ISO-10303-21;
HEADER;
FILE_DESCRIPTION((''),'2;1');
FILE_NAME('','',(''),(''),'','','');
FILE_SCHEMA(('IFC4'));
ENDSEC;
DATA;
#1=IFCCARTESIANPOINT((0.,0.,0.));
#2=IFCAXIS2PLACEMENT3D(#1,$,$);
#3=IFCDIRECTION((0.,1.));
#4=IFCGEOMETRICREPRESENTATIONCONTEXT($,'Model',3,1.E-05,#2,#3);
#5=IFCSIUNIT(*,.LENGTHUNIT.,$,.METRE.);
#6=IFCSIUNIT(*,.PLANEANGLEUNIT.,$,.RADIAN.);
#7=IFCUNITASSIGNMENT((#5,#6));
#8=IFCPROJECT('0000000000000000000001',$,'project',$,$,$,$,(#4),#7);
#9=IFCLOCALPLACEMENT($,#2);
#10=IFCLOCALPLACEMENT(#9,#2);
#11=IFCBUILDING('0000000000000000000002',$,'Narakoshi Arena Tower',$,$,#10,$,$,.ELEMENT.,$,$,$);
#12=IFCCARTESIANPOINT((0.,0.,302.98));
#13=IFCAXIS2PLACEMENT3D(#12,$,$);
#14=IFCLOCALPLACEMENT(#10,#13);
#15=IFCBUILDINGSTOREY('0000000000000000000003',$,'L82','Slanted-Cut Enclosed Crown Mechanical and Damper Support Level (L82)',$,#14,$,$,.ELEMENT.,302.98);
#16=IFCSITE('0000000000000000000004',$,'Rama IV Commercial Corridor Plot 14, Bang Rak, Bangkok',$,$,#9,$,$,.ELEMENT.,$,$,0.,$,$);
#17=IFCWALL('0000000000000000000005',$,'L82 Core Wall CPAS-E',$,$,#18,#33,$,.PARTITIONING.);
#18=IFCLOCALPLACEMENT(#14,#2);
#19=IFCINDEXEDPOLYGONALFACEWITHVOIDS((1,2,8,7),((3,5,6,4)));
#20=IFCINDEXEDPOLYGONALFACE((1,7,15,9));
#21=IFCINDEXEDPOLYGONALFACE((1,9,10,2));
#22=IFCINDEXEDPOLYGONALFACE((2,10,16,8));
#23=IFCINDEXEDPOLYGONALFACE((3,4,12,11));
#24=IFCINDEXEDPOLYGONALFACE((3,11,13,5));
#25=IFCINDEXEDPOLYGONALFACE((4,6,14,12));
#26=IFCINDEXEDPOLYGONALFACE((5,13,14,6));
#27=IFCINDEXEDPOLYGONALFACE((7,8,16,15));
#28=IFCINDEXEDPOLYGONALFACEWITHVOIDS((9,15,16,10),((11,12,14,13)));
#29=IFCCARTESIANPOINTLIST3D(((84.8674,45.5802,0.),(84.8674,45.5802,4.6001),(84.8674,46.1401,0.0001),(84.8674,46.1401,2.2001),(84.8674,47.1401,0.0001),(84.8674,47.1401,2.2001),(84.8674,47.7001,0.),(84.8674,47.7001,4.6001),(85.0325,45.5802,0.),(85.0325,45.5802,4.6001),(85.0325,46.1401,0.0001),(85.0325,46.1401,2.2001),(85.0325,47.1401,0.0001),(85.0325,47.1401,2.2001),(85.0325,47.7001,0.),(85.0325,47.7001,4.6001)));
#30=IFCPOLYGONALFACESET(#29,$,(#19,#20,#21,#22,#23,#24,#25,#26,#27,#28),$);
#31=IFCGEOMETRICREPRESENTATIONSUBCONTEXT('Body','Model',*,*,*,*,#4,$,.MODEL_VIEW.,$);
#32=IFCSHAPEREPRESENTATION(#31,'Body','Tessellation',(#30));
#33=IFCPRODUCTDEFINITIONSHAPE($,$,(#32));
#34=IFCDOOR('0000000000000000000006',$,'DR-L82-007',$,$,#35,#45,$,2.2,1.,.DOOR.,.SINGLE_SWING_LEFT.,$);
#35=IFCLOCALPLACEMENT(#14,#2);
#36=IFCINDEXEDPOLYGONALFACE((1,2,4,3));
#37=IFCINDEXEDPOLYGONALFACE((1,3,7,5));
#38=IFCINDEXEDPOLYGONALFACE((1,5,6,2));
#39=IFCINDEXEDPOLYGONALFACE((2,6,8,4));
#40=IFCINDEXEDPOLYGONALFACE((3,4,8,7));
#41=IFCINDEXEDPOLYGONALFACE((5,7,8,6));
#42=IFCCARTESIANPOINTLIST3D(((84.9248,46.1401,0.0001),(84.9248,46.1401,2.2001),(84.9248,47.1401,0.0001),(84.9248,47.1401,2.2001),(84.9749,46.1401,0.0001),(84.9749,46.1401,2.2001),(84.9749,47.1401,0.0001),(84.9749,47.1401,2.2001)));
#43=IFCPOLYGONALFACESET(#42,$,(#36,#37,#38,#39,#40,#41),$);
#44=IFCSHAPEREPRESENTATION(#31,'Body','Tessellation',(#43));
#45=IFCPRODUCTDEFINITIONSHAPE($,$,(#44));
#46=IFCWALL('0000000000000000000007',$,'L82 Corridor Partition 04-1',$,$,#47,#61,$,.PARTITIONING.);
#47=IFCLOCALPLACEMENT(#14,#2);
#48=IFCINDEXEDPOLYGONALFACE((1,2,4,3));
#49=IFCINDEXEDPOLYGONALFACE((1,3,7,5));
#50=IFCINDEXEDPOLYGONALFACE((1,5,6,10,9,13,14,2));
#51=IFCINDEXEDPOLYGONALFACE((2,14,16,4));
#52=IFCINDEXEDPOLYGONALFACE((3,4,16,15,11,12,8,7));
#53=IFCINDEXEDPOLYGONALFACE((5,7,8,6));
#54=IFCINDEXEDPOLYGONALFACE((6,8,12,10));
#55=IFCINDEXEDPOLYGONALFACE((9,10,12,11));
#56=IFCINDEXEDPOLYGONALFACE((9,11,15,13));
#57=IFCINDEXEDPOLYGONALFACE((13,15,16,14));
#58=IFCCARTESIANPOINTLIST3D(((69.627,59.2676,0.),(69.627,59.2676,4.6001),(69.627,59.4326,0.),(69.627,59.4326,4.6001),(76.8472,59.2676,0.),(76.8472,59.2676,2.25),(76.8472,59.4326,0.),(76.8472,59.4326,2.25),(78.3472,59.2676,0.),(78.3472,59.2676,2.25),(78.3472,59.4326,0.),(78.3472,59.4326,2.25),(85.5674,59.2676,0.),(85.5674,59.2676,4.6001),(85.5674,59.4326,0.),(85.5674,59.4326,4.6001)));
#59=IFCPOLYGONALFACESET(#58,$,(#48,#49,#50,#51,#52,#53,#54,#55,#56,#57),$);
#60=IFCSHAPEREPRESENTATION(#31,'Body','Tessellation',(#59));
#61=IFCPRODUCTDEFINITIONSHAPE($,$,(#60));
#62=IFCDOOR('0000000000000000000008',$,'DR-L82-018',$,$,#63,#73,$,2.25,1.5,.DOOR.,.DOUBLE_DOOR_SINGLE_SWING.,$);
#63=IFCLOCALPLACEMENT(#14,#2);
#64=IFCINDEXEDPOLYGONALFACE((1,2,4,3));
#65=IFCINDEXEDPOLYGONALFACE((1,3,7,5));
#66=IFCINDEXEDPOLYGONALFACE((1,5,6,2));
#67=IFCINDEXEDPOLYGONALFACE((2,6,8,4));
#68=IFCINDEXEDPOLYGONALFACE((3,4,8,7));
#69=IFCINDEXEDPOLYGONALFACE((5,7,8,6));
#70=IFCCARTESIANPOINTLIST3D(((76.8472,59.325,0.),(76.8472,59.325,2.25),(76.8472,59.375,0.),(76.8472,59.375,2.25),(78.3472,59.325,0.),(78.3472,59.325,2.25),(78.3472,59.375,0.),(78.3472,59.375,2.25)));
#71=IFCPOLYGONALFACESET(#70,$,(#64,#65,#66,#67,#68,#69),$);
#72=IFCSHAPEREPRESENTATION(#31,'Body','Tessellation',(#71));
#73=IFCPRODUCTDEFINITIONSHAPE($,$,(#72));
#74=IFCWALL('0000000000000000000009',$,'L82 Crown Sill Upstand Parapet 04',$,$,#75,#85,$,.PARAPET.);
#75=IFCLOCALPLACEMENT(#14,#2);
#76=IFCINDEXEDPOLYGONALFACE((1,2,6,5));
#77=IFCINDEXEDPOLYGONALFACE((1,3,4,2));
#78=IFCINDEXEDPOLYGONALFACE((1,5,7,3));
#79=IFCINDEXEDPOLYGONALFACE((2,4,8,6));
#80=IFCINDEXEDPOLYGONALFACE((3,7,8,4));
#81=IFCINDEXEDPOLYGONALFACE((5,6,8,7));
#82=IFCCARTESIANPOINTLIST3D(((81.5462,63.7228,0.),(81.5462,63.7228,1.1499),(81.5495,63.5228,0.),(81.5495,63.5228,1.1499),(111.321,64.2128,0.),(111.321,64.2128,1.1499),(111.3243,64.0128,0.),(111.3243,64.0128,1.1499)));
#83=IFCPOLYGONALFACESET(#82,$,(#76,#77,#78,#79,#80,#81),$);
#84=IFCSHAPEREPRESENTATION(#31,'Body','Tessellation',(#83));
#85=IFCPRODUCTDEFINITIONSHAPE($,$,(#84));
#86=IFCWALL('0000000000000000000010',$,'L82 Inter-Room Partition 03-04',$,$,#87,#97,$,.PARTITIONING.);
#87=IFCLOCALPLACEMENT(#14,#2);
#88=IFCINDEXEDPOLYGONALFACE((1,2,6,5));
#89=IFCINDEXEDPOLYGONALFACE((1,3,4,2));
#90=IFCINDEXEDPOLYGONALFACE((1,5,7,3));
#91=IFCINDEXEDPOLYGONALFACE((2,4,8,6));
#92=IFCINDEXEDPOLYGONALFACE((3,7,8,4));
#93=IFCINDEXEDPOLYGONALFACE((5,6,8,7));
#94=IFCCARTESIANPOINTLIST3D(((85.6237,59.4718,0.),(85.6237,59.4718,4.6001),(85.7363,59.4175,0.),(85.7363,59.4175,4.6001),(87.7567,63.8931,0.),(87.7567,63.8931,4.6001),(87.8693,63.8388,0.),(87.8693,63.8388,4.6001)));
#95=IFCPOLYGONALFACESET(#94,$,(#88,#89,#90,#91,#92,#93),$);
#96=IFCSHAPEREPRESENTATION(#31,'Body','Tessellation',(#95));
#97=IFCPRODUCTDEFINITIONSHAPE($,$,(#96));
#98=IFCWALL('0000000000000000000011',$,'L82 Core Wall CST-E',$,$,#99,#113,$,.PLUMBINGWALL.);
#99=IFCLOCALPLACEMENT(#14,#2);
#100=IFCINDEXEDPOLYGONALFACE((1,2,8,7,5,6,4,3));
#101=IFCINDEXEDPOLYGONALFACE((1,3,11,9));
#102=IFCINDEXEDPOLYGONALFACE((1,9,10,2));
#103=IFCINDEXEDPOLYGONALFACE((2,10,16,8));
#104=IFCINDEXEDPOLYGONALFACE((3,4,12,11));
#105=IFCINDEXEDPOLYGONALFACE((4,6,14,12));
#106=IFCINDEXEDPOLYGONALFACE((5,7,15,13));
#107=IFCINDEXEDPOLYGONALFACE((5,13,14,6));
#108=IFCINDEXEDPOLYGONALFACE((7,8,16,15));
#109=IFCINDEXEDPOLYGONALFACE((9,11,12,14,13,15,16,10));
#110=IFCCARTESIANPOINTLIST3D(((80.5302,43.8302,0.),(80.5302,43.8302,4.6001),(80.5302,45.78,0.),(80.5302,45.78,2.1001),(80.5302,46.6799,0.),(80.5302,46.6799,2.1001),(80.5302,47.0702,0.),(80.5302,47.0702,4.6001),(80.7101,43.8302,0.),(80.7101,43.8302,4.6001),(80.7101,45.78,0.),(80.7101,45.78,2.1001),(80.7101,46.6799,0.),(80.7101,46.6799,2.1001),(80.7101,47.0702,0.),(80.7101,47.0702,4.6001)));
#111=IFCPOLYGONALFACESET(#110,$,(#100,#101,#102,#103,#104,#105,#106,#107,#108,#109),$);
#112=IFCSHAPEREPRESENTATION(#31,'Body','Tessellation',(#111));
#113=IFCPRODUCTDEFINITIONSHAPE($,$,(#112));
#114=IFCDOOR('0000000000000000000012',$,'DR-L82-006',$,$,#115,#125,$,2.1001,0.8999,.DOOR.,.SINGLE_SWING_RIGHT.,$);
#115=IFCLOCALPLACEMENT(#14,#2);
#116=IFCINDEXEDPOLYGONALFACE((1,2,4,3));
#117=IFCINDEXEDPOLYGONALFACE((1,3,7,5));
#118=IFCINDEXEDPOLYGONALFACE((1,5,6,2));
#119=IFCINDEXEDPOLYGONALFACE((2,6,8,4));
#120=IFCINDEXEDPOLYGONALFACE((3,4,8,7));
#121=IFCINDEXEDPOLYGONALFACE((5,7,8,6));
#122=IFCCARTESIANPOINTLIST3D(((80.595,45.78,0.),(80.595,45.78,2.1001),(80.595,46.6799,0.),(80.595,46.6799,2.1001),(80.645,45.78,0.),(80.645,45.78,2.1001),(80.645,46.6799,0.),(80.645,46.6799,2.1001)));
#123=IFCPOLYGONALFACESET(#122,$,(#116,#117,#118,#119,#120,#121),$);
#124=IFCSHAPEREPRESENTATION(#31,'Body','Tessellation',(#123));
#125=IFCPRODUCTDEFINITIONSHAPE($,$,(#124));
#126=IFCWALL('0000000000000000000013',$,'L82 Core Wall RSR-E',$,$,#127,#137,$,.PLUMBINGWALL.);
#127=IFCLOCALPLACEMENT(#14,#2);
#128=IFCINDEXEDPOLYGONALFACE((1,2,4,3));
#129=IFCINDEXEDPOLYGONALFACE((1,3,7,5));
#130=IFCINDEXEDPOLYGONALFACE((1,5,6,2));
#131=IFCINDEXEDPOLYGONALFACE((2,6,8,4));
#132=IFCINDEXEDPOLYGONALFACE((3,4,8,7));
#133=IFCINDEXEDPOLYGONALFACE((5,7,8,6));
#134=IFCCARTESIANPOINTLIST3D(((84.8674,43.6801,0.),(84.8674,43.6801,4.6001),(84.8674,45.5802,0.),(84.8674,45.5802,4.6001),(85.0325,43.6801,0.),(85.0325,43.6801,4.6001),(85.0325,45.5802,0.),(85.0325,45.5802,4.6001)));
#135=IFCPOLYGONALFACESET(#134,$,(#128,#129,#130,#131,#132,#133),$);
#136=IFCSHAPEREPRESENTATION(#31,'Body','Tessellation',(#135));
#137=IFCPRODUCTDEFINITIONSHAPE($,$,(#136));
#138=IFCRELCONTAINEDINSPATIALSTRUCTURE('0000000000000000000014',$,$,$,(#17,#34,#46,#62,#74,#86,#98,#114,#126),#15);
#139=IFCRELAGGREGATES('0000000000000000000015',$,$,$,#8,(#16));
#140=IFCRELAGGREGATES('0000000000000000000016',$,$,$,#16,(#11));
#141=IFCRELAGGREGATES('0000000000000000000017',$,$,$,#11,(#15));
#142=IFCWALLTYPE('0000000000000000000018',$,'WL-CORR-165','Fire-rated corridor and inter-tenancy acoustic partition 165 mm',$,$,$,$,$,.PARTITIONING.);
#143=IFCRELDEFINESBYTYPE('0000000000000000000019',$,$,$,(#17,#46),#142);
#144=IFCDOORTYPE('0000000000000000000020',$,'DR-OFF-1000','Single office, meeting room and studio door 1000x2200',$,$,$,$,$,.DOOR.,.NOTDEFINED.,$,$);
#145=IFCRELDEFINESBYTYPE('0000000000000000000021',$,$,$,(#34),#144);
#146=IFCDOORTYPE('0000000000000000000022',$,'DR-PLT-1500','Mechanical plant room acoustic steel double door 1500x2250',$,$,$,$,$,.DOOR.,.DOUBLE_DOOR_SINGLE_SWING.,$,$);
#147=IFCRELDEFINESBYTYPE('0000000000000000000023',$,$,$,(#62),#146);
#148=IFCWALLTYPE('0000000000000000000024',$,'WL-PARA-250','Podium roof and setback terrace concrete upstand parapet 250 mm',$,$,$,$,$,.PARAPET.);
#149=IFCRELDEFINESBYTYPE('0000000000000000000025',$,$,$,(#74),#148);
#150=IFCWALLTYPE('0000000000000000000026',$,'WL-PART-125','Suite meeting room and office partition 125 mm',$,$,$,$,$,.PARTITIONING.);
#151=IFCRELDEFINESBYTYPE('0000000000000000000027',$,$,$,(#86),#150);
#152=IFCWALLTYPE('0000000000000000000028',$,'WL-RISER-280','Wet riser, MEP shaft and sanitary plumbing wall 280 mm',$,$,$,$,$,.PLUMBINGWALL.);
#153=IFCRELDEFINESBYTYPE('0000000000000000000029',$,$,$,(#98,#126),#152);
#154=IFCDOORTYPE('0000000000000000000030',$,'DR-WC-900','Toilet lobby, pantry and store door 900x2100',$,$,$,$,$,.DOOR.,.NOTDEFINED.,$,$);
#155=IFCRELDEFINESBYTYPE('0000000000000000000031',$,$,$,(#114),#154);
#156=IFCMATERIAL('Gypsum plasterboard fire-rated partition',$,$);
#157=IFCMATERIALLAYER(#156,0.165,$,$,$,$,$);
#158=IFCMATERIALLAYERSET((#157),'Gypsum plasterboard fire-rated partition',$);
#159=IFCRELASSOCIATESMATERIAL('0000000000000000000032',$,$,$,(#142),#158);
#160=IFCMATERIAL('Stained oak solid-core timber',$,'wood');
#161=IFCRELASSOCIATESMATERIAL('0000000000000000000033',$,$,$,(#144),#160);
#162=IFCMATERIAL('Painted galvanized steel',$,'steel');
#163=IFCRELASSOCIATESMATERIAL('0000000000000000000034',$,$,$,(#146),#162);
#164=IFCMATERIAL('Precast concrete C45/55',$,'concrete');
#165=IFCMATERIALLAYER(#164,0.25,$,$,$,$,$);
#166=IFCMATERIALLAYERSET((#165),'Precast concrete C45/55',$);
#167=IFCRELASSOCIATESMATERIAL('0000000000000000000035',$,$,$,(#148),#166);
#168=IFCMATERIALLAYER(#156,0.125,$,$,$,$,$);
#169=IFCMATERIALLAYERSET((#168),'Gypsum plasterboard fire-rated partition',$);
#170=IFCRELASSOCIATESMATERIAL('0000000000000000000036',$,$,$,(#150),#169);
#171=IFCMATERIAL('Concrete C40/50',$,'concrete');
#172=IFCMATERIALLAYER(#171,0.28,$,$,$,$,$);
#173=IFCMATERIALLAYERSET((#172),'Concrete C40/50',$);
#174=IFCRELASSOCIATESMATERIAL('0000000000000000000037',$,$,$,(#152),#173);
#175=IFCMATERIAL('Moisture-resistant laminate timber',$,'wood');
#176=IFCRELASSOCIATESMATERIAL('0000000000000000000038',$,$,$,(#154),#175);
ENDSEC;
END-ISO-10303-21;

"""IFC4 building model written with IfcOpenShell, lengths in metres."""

from ifc_helpers import new_model, si_unit, direction, frame, frame_2d, origin, place, context, subcontext, project, spatial, rectangle, extrude, material, layer, layer_set, type_object, element, fill, save


model = new_model("IFC4")

# Units and contexts
model_context = context("Model", 3, precision=1e-05, world=origin(), true_north=direction((0.0, 1.0)))
body_context = subcontext(model_context, "Body", "Model", "MODEL_VIEW")
ifc_project = project(units=[si_unit("LENGTHUNIT", "METRE"), si_unit("PLANEANGLEUNIT", "RADIAN")], contexts=[model_context])

# Site, building, storey
site_placement = place(None, origin())
site = spatial("IfcSite", under=ifc_project, at=site_placement, Name="Rama IV Commercial Corridor Plot 14, Bang Rak, Bangkok", CompositionType="ELEMENT", RefElevation=0.0)
building_placement = place(site_placement, origin())
building = spatial("IfcBuilding", under=site, at=building_placement, Name="Narakoshi Arena Tower", CompositionType="ELEMENT")
storey_placement = place(building_placement, frame((0.0, 0.0, 302.98)))
storey = spatial("IfcBuildingStorey", under=building, at=storey_placement, Name="L82", Description="Slanted-Cut Enclosed Crown Mechanical and Damper Support Level (L82)", CompositionType="ELEMENT", Elevation=302.98)

# Wall, opening, door
ifc_material_1 = material(Name="Gypsum plasterboard fire-rated partition")
ifc_layer_1 = layer(ifc_material_1, 0.165)
ifc_layer_set_1 = layer_set([ifc_layer_1], Name="Gypsum plasterboard fire-rated partition")
wall_type_1 = type_object("IfcWallType", Name="WL-CORR-165", Description="Fire-rated corridor and inter-tenancy acoustic partition 165 mm", PredefinedType="PARTITIONING", material=ifc_layer_set_1)
wall_1_placement = place(storey_placement, frame((84.95, 45.5801, 0.0), z_axis=(0.0, 0.0, 1.0), x_axis=(0.0, 1.0, 0.0)))
wall_1 = element("IfcWall", 1, at=wall_1_placement, inside=storey, type_object=wall_type_1, Name="L82 Core Wall CPAS-E", PredefinedType="PARTITIONING", context=body_context, shape_type="SweptSolid", body=[
    extrude(rectangle(XDim=2.1199, YDim=0.165, at=frame_2d((1.0601, 0.0))), origin(), (0.0, 0.0, 1.0), 4.6001),
])
opening_1_placement = place(wall_1_placement, frame((0.5601, 0.0, 0.0)))
opening_1 = element("IfcOpeningElement", 2, at=opening_1_placement, cuts=wall_1, PredefinedType="OPENING", context=body_context, shape_type="SweptSolid", body=[
    extrude(rectangle(XDim=1.0, YDim=2.2, at=frame_2d((0.5, 1.1001))), frame((0.0, 0.0925, 0.0), z_axis=(0.0, -1.0, 0.0), x_axis=(1.0, 0.0, 0.0)), (0.0, 0.0, 1.0), 0.1851),
])
ifc_material_2 = material(Name="Stained oak solid-core timber", Category="wood")
door_type_1 = type_object("IfcDoorType", Name="DR-OFF-1000", Description="Single office, meeting room and studio door 1000x2200", OperationType="NOTDEFINED", PredefinedType="DOOR", material=ifc_material_2)
door_1_placement = place(opening_1_placement, frame((1.0, 0.0, 0.0), z_axis=(0.0, 0.0, 1.0), x_axis=(-1.0, 0.0, 0.0)))
door_1 = element("IfcDoor", 3, at=door_1_placement, inside=storey, type_object=door_type_1, Name="DR-L82-007", OperationType="SINGLE_SWING_LEFT", OverallHeight=2.2, OverallWidth=1.0, PredefinedType="DOOR", context=body_context, shape_type="SweptSolid", body=[
    extrude(rectangle(XDim=1.0, YDim=2.2, at=frame_2d((0.5, 1.1001))), frame((0.0, 0.0249, 0.0), z_axis=(0.0, -1.0, 0.0), x_axis=(1.0, 0.0, 0.0)), (0.0, 0.0, 1.0), 0.05),
])
fill(opening_1, door_1)

# Wall, opening, door
wall_2_placement = place(storey_placement, frame((85.5674, 59.3501, 0.0), z_axis=(0.0, 0.0, 1.0), x_axis=(-1.0, 0.0, 0.0)))
wall_2 = element("IfcWall", 4, at=wall_2_placement, inside=storey, type_object=wall_type_1, Name="L82 Corridor Partition 04-1", PredefinedType="PARTITIONING", context=body_context, shape_type="SweptSolid", body=[
    extrude(rectangle(XDim=15.9404, YDim=0.165, at=frame_2d((7.9702, 0.0))), origin(), (0.0, 0.0, 1.0), 4.6001),
])
opening_2_placement = place(wall_2_placement, frame((7.2202, 0.0, 0.0)))
opening_2 = element("IfcOpeningElement", 5, at=opening_2_placement, cuts=wall_2, PredefinedType="OPENING", context=body_context, shape_type="SweptSolid", body=[
    extrude(rectangle(XDim=1.5, YDim=2.25, at=frame_2d((0.75, 1.125))), frame((0.0, 0.0925, 0.0), z_axis=(0.0, -1.0, 0.0), x_axis=(1.0, 0.0, 0.0)), (0.0, 0.0, 1.0), 0.1851),
])
ifc_material_3 = material(Name="Painted galvanized steel", Category="steel")
door_type_2 = type_object("IfcDoorType", Name="DR-PLT-1500", Description="Mechanical plant room acoustic steel double door 1500x2250", OperationType="DOUBLE_DOOR_SINGLE_SWING", PredefinedType="DOOR", material=ifc_material_3)
door_2_placement = place(opening_2_placement, frame((1.5, 0.0, 0.0), z_axis=(0.0, 0.0, 1.0), x_axis=(-1.0, 0.0, 0.0)))
door_2 = element("IfcDoor", 6, at=door_2_placement, inside=storey, type_object=door_type_2, Name="DR-L82-018", OperationType="DOUBLE_DOOR_SINGLE_SWING", OverallHeight=2.25, OverallWidth=1.5, PredefinedType="DOOR", context=body_context, shape_type="SweptSolid", body=[
    extrude(rectangle(XDim=1.5, YDim=2.25, at=frame_2d((0.75, 1.125))), frame((0.0, 0.0249, 0.0), z_axis=(0.0, -1.0, 0.0), x_axis=(1.0, 0.0, 0.0)), (0.0, 0.0, 1.0), 0.05),
])
fill(opening_2, door_2)

# Walls
ifc_material_4 = material(Name="Precast concrete C45/55", Category="concrete")
ifc_layer_2 = layer(ifc_material_4, 0.25)
ifc_layer_set_2 = layer_set([ifc_layer_2], Name="Precast concrete C45/55")
wall_type_2 = type_object("IfcWallType", Name="WL-PARA-250", Description="Podium roof and setback terrace concrete upstand parapet 250 mm", PredefinedType="PARAPET", material=ifc_layer_set_2)
wall_3_placement = place(storey_placement, frame((81.5479, 63.6228, 0.0), z_axis=(0.0, 0.0, 1.0), x_axis=(0.999865, 0.016454, 0.0)))
element("IfcWall", 7, at=wall_3_placement, inside=storey, type_object=wall_type_2, Name="L82 Crown Sill Upstand Parapet 04", PredefinedType="PARAPET", context=body_context, shape_type="SweptSolid", body=[
    extrude(rectangle(XDim=29.7788, YDim=0.2, at=frame_2d((14.8894, 0.0))), origin(), (0.0, 0.0, 1.0), 1.1499),
])
ifc_layer_3 = layer(ifc_material_1, 0.125)
ifc_layer_set_3 = layer_set([ifc_layer_3], Name="Gypsum plasterboard fire-rated partition")
wall_type_3 = type_object("IfcWallType", Name="WL-PART-125", Description="Suite meeting room and office partition 125 mm", PredefinedType="PARTITIONING", material=ifc_layer_set_3)
wall_4_placement = place(storey_placement, frame((85.6799, 59.4446, 0.0), z_axis=(0.0, 0.0, 1.0), x_axis=(0.434517, 0.900664, 0.0)))
element("IfcWall", 8, at=wall_4_placement, inside=storey, type_object=wall_type_3, Name="L82 Inter-Room Partition 03-04", PredefinedType="PARTITIONING", context=body_context, shape_type="SweptSolid", body=[
    extrude(rectangle(XDim=4.9089, YDim=0.125, at=frame_2d((2.4546, 0.0))), origin(), (0.0, 0.0, 1.0), 4.6001),
])

# Wall, opening, door
ifc_material_5 = material(Name="Concrete C40/50", Category="concrete")
ifc_layer_4 = layer(ifc_material_5, 0.28)
ifc_layer_set_4 = layer_set([ifc_layer_4], Name="Concrete C40/50")
wall_type_4 = type_object("IfcWallType", Name="WL-RISER-280", Description="Wet riser, MEP shaft and sanitary plumbing wall 280 mm", PredefinedType="PLUMBINGWALL", material=ifc_layer_set_4)
wall_5_placement = place(storey_placement, frame((80.6201, 43.8301, 0.0), z_axis=(0.0, 0.0, 1.0), x_axis=(0.0, 1.0, 0.0)))
wall_5 = element("IfcWall", 9, at=wall_5_placement, inside=storey, type_object=wall_type_4, Name="L82 Core Wall CST-E", PredefinedType="PLUMBINGWALL", context=body_context, shape_type="SweptSolid", body=[
    extrude(rectangle(XDim=3.24, YDim=0.1799, at=frame_2d((1.6201, 0.0))), origin(), (0.0, 0.0, 1.0), 4.6001),
])
opening_3_placement = place(wall_5_placement, frame((1.95, 0.0, 0.0)))
opening_3 = element("IfcOpeningElement", 10, at=opening_3_placement, cuts=wall_5, PredefinedType="OPENING", context=body_context, shape_type="SweptSolid", body=[
    extrude(rectangle(XDim=0.8999, YDim=2.1001, at=frame_2d((0.45, 1.05))), frame((0.0, 0.0999, 0.0), z_axis=(0.0, -1.0, 0.0), x_axis=(1.0, 0.0, 0.0)), (0.0, 0.0, 1.0), 0.2),
])
ifc_material_6 = material(Name="Moisture-resistant laminate timber", Category="wood")
door_type_3 = type_object("IfcDoorType", Name="DR-WC-900", Description="Toilet lobby, pantry and store door 900x2100", OperationType="NOTDEFINED", PredefinedType="DOOR", material=ifc_material_6)
door_3_placement = place(opening_3_placement, frame((0.8999, 0.0, 0.0), z_axis=(0.0, 0.0, 1.0), x_axis=(-1.0, 0.0, 0.0)))
door_3 = element("IfcDoor", 11, at=door_3_placement, inside=storey, type_object=door_type_3, Name="DR-L82-006", OperationType="SINGLE_SWING_RIGHT", OverallHeight=2.1001, OverallWidth=0.8999, PredefinedType="DOOR", context=body_context, shape_type="SweptSolid", body=[
    extrude(rectangle(XDim=0.8999, YDim=2.1001, at=frame_2d((0.45, 1.05))), frame((0.0, 0.0249, 0.0), z_axis=(0.0, -1.0, 0.0), x_axis=(1.0, 0.0, 0.0)), (0.0, 0.0, 1.0), 0.05),
])
fill(opening_3, door_3)

# Wall
wall_6_placement = place(storey_placement, frame((84.95, 43.6799, 0.0), z_axis=(0.0, 0.0, 1.0), x_axis=(0.0, 1.0, 0.0)))
element("IfcWall", 12, at=wall_6_placement, inside=storey, type_object=wall_type_4, Name="L82 Core Wall RSR-E", PredefinedType="PLUMBINGWALL", context=body_context, shape_type="SweptSolid", body=[
    extrude(rectangle(XDim=1.9001, YDim=0.165, at=frame_2d((0.9502, 0.0))), origin(), (0.0, 0.0, 1.0), 4.6001),
])

save(model, "model.ifc")
